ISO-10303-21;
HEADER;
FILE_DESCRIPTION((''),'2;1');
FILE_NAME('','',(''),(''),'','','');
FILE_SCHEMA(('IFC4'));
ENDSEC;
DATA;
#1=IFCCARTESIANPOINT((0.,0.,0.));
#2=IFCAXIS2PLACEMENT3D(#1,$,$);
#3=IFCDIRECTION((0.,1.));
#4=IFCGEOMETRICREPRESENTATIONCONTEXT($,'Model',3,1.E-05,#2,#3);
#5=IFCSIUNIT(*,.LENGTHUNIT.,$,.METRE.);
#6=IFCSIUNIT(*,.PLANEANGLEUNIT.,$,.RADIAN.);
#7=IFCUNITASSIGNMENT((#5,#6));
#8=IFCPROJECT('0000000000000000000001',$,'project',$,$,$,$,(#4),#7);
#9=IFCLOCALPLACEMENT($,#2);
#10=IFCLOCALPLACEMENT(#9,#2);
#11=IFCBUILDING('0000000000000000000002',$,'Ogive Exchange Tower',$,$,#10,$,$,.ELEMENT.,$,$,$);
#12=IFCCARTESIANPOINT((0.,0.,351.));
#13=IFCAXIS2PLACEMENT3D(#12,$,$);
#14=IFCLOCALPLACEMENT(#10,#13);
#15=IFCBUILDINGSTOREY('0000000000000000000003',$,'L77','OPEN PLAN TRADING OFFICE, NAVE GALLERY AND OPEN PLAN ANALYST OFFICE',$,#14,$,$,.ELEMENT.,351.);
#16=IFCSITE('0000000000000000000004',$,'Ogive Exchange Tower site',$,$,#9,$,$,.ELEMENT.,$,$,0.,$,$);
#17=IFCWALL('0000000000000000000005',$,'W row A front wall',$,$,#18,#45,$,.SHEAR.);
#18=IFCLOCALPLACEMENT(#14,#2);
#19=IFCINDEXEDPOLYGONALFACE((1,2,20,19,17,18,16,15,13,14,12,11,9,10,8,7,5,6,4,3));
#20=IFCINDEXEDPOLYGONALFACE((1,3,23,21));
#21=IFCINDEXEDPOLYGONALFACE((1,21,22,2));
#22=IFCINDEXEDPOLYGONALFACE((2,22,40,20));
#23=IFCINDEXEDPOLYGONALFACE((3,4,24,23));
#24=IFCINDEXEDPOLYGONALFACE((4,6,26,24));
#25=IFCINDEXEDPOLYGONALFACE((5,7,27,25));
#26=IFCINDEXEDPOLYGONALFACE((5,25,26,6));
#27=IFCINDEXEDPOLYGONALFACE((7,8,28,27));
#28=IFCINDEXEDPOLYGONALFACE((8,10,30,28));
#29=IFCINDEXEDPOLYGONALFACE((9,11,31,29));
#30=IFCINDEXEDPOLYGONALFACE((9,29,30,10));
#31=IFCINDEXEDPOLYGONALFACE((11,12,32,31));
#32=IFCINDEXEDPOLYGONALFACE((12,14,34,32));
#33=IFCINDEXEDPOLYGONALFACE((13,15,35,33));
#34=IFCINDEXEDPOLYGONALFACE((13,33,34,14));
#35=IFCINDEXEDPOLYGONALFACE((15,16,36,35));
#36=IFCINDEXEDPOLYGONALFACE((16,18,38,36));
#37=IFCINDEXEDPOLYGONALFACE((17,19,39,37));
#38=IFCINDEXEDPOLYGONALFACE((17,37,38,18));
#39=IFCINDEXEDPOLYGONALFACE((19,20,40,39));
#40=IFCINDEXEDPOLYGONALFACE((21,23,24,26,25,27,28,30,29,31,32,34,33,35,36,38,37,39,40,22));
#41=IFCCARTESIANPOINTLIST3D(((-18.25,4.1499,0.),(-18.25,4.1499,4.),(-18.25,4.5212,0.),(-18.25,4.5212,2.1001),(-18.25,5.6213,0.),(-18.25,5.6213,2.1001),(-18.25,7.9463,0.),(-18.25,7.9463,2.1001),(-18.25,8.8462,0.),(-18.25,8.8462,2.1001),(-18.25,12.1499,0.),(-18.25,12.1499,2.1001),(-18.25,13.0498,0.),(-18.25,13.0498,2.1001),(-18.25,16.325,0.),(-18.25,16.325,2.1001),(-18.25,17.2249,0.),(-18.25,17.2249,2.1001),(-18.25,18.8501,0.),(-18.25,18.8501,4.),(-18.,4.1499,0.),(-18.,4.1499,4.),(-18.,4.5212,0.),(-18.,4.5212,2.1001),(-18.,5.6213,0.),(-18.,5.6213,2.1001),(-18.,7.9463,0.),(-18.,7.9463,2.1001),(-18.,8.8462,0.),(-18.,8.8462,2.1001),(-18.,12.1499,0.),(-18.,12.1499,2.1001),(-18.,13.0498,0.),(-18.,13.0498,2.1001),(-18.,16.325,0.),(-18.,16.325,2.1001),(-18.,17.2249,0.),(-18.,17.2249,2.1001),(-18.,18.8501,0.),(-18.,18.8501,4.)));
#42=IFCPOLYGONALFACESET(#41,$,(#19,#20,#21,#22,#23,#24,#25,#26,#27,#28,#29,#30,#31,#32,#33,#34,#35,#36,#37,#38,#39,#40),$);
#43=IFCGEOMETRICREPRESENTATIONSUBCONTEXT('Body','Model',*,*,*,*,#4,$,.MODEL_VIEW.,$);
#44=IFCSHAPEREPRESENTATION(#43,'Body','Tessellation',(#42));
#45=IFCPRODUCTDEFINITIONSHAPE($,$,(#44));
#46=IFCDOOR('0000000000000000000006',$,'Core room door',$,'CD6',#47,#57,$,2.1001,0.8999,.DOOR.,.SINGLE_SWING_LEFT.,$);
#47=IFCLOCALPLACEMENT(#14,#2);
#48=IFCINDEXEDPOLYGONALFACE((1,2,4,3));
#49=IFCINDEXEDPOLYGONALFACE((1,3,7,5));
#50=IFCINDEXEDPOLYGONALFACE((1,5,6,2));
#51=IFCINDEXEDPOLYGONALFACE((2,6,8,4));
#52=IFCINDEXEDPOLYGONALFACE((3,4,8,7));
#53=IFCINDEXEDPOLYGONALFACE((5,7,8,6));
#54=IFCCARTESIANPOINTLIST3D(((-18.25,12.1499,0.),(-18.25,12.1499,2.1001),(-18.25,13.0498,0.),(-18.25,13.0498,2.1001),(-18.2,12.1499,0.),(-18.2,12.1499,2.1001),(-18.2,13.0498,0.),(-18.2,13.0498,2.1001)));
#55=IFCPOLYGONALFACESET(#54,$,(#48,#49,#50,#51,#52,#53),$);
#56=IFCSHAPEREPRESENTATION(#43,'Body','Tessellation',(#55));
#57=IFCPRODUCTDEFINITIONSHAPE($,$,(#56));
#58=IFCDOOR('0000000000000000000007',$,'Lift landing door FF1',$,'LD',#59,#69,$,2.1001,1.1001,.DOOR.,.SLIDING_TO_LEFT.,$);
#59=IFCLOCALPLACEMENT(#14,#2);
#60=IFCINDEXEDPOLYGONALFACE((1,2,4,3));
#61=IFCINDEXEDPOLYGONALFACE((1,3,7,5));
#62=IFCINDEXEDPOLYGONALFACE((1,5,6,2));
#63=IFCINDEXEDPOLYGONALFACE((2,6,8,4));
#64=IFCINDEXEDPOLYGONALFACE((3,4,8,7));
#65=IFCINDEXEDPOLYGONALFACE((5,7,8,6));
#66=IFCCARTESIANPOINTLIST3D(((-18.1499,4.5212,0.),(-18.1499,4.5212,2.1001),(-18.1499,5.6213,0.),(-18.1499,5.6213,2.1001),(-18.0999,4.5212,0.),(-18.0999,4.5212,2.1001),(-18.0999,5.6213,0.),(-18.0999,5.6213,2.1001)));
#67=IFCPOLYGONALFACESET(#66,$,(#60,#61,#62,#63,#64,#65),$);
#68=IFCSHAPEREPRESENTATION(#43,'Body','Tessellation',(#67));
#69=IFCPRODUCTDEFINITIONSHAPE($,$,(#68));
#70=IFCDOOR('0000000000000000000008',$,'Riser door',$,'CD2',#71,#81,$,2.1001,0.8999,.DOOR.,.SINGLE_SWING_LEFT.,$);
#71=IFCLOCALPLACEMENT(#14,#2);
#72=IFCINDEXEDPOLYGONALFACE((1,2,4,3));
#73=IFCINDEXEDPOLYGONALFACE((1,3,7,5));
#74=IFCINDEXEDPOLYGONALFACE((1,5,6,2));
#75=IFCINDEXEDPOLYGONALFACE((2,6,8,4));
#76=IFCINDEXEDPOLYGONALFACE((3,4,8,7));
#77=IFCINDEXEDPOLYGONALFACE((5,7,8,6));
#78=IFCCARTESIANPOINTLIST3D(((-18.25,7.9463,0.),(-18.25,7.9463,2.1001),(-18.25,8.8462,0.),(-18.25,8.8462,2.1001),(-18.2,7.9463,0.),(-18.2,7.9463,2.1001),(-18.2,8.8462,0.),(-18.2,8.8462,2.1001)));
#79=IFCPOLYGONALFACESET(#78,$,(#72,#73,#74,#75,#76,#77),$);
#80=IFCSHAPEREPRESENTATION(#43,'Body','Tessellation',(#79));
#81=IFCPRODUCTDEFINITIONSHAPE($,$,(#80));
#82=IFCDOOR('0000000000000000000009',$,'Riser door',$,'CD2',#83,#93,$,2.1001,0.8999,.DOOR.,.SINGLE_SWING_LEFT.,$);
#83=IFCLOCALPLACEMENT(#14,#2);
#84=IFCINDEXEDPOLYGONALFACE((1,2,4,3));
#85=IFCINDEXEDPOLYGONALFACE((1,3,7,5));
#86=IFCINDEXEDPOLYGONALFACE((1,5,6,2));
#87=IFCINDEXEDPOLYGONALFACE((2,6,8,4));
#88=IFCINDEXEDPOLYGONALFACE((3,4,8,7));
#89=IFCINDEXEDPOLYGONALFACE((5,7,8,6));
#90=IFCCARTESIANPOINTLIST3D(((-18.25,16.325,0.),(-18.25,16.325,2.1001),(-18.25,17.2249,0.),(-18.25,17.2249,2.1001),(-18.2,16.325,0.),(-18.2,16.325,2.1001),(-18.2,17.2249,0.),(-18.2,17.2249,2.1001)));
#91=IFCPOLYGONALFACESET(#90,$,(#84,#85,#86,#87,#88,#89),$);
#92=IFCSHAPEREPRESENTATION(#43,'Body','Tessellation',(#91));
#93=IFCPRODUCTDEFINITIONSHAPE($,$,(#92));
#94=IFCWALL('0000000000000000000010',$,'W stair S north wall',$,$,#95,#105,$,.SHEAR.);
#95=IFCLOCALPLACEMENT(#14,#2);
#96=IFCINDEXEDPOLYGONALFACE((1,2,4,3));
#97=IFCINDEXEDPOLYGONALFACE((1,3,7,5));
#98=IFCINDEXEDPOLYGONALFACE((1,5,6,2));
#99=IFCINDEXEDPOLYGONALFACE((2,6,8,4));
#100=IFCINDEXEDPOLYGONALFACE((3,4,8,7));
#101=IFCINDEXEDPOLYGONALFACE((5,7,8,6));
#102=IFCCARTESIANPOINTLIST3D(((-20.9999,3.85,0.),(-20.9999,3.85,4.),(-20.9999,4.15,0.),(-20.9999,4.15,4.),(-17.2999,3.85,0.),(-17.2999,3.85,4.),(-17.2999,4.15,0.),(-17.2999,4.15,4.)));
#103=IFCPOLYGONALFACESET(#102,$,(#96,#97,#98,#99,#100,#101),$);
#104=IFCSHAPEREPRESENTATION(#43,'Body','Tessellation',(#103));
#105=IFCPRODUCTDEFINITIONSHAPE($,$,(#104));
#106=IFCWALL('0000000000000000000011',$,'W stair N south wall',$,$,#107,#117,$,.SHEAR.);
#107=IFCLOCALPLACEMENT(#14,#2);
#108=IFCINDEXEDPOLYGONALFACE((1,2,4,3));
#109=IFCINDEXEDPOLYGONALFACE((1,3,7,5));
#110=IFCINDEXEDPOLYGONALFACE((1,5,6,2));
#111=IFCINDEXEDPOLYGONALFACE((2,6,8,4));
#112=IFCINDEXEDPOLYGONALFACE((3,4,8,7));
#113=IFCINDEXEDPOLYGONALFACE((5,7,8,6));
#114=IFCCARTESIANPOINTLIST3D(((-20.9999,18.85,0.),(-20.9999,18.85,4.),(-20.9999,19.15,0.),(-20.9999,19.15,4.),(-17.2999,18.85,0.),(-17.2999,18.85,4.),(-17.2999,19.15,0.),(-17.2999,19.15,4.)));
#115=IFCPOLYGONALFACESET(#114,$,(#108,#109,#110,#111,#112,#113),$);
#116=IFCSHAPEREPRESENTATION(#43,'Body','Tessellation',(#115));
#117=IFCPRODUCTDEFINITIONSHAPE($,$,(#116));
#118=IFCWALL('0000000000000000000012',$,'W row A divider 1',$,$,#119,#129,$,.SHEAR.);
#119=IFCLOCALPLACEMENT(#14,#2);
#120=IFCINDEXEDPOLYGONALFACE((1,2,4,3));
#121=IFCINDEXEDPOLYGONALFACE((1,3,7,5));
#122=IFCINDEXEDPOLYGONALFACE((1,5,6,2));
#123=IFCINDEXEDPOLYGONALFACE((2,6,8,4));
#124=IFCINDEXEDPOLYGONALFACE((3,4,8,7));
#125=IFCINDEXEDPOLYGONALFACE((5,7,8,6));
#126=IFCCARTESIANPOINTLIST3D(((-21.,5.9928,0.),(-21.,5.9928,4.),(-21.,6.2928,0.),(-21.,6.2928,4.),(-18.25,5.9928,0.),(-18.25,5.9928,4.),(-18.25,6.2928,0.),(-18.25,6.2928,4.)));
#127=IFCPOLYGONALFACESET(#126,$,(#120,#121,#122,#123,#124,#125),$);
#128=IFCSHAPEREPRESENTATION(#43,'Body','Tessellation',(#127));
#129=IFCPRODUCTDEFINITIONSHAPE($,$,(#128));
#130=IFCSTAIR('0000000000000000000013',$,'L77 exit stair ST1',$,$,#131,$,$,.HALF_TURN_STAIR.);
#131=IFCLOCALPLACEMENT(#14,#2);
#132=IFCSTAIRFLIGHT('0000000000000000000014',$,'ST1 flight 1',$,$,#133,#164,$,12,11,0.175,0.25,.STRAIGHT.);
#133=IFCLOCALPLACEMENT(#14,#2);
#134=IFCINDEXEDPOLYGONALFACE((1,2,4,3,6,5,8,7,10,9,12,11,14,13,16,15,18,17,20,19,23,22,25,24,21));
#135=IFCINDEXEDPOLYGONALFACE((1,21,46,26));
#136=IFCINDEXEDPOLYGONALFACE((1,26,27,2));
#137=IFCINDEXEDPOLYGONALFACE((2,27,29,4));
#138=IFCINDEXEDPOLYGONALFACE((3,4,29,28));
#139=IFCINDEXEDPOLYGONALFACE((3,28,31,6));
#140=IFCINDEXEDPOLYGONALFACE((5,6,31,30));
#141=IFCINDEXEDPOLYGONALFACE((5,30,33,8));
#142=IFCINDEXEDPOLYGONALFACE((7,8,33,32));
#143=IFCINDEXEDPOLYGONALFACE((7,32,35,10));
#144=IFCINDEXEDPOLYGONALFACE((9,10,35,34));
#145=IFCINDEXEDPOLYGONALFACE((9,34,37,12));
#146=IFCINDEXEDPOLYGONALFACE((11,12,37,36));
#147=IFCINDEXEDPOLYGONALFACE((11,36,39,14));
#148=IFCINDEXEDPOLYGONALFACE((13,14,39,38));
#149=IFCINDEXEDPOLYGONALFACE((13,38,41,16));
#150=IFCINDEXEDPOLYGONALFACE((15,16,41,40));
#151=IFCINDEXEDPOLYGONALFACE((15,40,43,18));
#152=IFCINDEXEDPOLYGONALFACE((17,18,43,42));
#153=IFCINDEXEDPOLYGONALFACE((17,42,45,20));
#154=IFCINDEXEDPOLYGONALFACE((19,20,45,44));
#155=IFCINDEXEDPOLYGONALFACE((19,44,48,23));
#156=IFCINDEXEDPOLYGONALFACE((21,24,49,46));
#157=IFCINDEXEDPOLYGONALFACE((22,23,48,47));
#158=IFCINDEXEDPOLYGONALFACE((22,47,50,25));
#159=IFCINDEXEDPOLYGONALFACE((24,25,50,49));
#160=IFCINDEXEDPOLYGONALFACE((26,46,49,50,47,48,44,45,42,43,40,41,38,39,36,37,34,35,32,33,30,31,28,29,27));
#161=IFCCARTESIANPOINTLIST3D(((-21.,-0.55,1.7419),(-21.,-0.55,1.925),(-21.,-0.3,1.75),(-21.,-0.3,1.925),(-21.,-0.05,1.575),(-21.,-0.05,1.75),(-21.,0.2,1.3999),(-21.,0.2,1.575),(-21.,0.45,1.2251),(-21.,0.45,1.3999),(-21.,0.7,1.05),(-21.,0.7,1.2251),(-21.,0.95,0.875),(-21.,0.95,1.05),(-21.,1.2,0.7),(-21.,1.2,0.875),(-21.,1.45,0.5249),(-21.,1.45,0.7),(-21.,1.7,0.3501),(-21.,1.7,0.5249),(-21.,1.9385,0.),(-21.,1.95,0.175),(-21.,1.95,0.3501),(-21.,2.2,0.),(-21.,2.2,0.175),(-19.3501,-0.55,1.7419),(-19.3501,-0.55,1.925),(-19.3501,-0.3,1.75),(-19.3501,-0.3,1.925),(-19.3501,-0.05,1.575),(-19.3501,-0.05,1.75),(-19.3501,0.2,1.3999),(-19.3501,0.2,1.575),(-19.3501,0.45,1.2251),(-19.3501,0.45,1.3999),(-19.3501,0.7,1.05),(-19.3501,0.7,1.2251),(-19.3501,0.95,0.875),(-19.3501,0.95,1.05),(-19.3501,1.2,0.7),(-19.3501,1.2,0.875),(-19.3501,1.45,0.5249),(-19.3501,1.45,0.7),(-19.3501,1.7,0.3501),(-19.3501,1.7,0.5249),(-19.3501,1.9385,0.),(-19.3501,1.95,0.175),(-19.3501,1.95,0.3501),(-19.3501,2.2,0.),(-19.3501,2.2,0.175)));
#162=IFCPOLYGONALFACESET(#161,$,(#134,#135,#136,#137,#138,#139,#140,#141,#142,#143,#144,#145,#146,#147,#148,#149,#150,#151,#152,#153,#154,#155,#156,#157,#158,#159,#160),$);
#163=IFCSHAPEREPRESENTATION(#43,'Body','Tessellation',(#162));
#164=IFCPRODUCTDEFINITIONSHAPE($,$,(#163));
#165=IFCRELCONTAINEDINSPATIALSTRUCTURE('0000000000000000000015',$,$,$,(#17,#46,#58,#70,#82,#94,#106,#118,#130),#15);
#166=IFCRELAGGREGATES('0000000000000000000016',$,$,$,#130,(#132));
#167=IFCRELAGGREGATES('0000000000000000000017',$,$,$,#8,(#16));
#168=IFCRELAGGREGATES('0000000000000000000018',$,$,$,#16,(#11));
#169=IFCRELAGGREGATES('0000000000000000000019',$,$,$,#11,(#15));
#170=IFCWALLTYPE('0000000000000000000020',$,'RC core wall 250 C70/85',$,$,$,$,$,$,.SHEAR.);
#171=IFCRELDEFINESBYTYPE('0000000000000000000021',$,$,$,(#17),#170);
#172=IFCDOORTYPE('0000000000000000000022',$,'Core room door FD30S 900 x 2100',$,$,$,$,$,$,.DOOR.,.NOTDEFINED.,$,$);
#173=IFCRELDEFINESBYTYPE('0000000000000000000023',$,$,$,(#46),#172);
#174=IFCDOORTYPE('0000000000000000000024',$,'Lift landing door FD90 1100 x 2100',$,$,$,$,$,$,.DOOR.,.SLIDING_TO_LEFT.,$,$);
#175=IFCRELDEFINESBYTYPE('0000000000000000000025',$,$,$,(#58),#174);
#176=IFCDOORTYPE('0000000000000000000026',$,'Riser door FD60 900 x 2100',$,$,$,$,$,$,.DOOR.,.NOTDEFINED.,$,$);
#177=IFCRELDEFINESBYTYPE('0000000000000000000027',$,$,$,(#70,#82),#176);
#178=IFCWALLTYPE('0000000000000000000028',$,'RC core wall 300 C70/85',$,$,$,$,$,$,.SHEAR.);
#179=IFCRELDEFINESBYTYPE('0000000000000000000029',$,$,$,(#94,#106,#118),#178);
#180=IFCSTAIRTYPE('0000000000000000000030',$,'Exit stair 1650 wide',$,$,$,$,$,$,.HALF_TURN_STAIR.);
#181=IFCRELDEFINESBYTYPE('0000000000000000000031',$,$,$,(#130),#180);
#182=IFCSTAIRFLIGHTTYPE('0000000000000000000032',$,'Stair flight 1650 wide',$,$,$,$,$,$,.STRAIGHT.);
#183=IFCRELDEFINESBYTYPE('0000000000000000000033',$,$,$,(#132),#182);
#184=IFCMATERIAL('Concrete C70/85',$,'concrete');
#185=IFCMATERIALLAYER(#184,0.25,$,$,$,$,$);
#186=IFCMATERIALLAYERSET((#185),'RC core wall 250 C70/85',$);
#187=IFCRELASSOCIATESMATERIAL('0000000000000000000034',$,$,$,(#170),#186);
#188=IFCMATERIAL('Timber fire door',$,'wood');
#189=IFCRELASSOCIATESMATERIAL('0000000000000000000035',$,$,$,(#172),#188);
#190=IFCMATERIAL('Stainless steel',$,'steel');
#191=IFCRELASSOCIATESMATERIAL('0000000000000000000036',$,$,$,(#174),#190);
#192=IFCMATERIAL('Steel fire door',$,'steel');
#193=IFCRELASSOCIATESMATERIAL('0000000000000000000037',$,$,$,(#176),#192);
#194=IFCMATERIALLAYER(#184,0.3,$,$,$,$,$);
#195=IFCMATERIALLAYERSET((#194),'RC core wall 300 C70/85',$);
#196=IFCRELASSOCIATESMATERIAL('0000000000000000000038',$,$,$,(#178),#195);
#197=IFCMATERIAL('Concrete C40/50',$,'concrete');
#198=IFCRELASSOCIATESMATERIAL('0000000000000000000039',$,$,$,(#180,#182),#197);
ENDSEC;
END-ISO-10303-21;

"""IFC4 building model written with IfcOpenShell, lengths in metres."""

from ifc_helpers import new_model, si_unit, direction, frame, frame_2d, origin, place, context, subcontext, project, spatial, polyline, rectangle, outline, extrude, material, layer, layer_set, type_object, element, fill, aggregate, save


model = new_model("IFC4")

# Units and contexts
model_context = context("Model", 3, precision=1e-05, world=origin(), true_north=direction((0.0, 1.0)))
body_context = subcontext(model_context, "Body", "Model", "MODEL_VIEW")
ifc_project = project(units=[si_unit("LENGTHUNIT", "METRE"), si_unit("PLANEANGLEUNIT", "RADIAN")], contexts=[model_context])

# Site, building, storey
site_placement = place(None, origin())
site = spatial("IfcSite", under=ifc_project, at=site_placement, Name="Ogive Exchange Tower site", CompositionType="ELEMENT", RefElevation=0.0)
building_placement = place(site_placement, origin())
building = spatial("IfcBuilding", under=site, at=building_placement, Name="Ogive Exchange Tower", CompositionType="ELEMENT")
storey_placement = place(building_placement, frame((0.0, 0.0, 351.0)))
storey = spatial("IfcBuildingStorey", under=building, at=storey_placement, Name="L77", Description="OPEN PLAN TRADING OFFICE, NAVE GALLERY AND OPEN PLAN ANALYST OFFICE", CompositionType="ELEMENT", Elevation=351.0)

# Shared definitions
ifc_material_1 = material(Name="Concrete C70/85", Category="concrete")
ifc_material_2 = material(Name="Steel fire door", Category="steel")

# Wall, openings, doors
ifc_layer_1 = layer(ifc_material_1, 0.25)
ifc_layer_set_1 = layer_set([ifc_layer_1], Name="RC core wall 250 C70/85")
wall_type_1 = type_object("IfcWallType", Name="RC core wall 250 C70/85", PredefinedType="SHEAR", material=ifc_layer_set_1)
wall_1_placement = place(storey_placement, frame((-18.125, 4.1499, 0.0), z_axis=(0.0, 0.0, 1.0), x_axis=(0.0, 1.0, 0.0)))
wall_1 = element("IfcWall", 1, at=wall_1_placement, inside=storey, type_object=wall_type_1, Name="W row A front wall", PredefinedType="SHEAR", context=body_context, shape_type="SweptSolid", body=[
    extrude(rectangle(XDim=14.7002, YDim=0.25, at=frame_2d((7.3501, 0.0))), origin(), (0.0, 0.0, 1.0), 4.0),
])
opening_1_placement = place(wall_1_placement, frame((3.7964, 0.0, 0.0)))
opening_1 = element("IfcOpeningElement", 2, at=opening_1_placement, cuts=wall_1, PredefinedType="OPENING", context=body_context, shape_type="SweptSolid", body=[
    extrude(rectangle(XDim=0.8999, YDim=2.1001, at=frame_2d((0.45, 1.05))), frame((0.0, 0.135, 0.0), z_axis=(0.0, -1.0, 0.0), x_axis=(1.0, 0.0, 0.0)), (0.0, 0.0, 1.0), 0.27),
])
opening_2_placement = place(wall_1_placement, frame((8.0, 0.0, 0.0)))
opening_2 = element("IfcOpeningElement", 3, at=opening_2_placement, cuts=wall_1, PredefinedType="OPENING", context=body_context, shape_type="SweptSolid", body=[
    extrude(rectangle(XDim=0.8999, YDim=2.1001, at=frame_2d((0.45, 1.05))), frame((0.0, 0.135, 0.0), z_axis=(0.0, -1.0, 0.0), x_axis=(1.0, 0.0, 0.0)), (0.0, 0.0, 1.0), 0.27),
])
opening_3_placement = place(wall_1_placement, frame((12.175, 0.0, 0.0)))
opening_3 = element("IfcOpeningElement", 4, at=opening_3_placement, cuts=wall_1, PredefinedType="OPENING", context=body_context, shape_type="SweptSolid", body=[
    extrude(rectangle(XDim=0.8999, YDim=2.1001, at=frame_2d((0.45, 1.05))), frame((0.0, 0.135, 0.0), z_axis=(0.0, -1.0, 0.0), x_axis=(1.0, 0.0, 0.0)), (0.0, 0.0, 1.0), 0.27),
])
opening_4_placement = place(wall_1_placement, frame((0.3713, 0.0, 0.0)))
opening_4 = element("IfcOpeningElement", 5, at=opening_4_placement, cuts=wall_1, PredefinedType="OPENING", context=body_context, shape_type="SweptSolid", body=[
    extrude(rectangle(XDim=1.1001, YDim=2.1001, at=frame_2d((0.55, 1.05))), frame((0.0, 0.135, 0.0), z_axis=(0.0, -1.0, 0.0), x_axis=(1.0, 0.0, 0.0)), (0.0, 0.0, 1.0), 0.27),
])
ifc_material_3 = material(Name="Timber fire door", Category="wood")
door_type_1 = type_object("IfcDoorType", Name="Core room door FD30S 900 x 2100", OperationType="NOTDEFINED", PredefinedType="DOOR", material=ifc_material_3)
door_1_placement = place(opening_2_placement, origin())
door_1 = element("IfcDoor", 6, at=door_1_placement, inside=storey, type_object=door_type_1, Name="Core room door", ObjectType="CD6", OperationType="SINGLE_SWING_LEFT", OverallHeight=2.1001, OverallWidth=0.8999, PredefinedType="DOOR", context=body_context, shape_type="SweptSolid", body=[
    extrude(rectangle(XDim=0.8999, YDim=2.1001, at=frame_2d((0.45, 1.05))), frame((0.0, 0.125, 0.0), z_axis=(0.0, -1.0, 0.0), x_axis=(1.0, 0.0, 0.0)), (0.0, 0.0, 1.0), 0.05),
])
fill(opening_2, door_1)
ifc_material_4 = material(Name="Stainless steel", Category="steel")
door_type_2 = type_object("IfcDoorType", Name="Lift landing door FD90 1100 x 2100", OperationType="SLIDING_TO_LEFT", PredefinedType="DOOR", material=ifc_material_4)
door_2_placement = place(opening_4_placement, origin())
door_2 = element("IfcDoor", 7, at=door_2_placement, inside=storey, type_object=door_type_2, Name="Lift landing door FF1", ObjectType="LD", OperationType="SLIDING_TO_LEFT", OverallHeight=2.1001, OverallWidth=1.1001, PredefinedType="DOOR", context=body_context, shape_type="SweptSolid", body=[
    extrude(rectangle(XDim=1.1001, YDim=2.1001, at=frame_2d((0.55, 1.05))), frame((0.0, 0.0249, 0.0), z_axis=(0.0, -1.0, 0.0), x_axis=(1.0, 0.0, 0.0)), (0.0, 0.0, 1.0), 0.05),
])
fill(opening_4, door_2)
door_type_3 = type_object("IfcDoorType", Name="Riser door FD60 900 x 2100", OperationType="NOTDEFINED", PredefinedType="DOOR", material=ifc_material_2)
door_3_placement = place(opening_1_placement, origin())
door_3 = element("IfcDoor", 8, at=door_3_placement, inside=storey, type_object=door_type_3, Name="Riser door", ObjectType="CD2", OperationType="SINGLE_SWING_LEFT", OverallHeight=2.1001, OverallWidth=0.8999, PredefinedType="DOOR", context=body_context, shape_type="SweptSolid", body=[
    extrude(rectangle(XDim=0.8999, YDim=2.1001, at=frame_2d((0.45, 1.05))), frame((0.0, 0.125, 0.0), z_axis=(0.0, -1.0, 0.0), x_axis=(1.0, 0.0, 0.0)), (0.0, 0.0, 1.0), 0.05),
])
fill(opening_1, door_3)
door_4_placement = place(opening_3_placement, origin())
door_4 = element("IfcDoor", 9, at=door_4_placement, inside=storey, type_object=door_type_3, Name="Riser door", ObjectType="CD2", OperationType="SINGLE_SWING_LEFT", OverallHeight=2.1001, OverallWidth=0.8999, PredefinedType="DOOR", context=body_context, shape_type="SweptSolid", body=[
    extrude(rectangle(XDim=0.8999, YDim=2.1001, at=frame_2d((0.45, 1.05))), frame((0.0, 0.125, 0.0), z_axis=(0.0, -1.0, 0.0), x_axis=(1.0, 0.0, 0.0)), (0.0, 0.0, 1.0), 0.05),
])
fill(opening_3, door_4)

# Walls
ifc_layer_2 = layer(ifc_material_1, 0.3)
ifc_layer_set_2 = layer_set([ifc_layer_2], Name="RC core wall 300 C70/85")
wall_type_2 = type_object("IfcWallType", Name="RC core wall 300 C70/85", PredefinedType="SHEAR", material=ifc_layer_set_2)
for number, where, z_axis, x_axis, name in (
    (10, (-21.0, 4.0, 0.0), (0.0, 0.0, 1.0), (1.0, 0.0, 0.0), "W stair S north wall"),
    (11, (-21.0, 19.0, 0.0), (0.0, 0.0, 1.0), (1.0, 0.0, 0.0), "W stair N south wall"),
):
    element("IfcWall", number, at=place(storey_placement, frame(where, z_axis=z_axis, x_axis=x_axis)), inside=storey, type_object=wall_type_2, Name=name, PredefinedType="SHEAR", context=body_context, shape_type="SweptSolid", body=[
        extrude(rectangle(XDim=3.7, YDim=0.3, at=frame_2d((1.8501, 0.0))), origin(), (0.0, 0.0, 1.0), 4.0),
    ])
wall_2_placement = place(storey_placement, frame((-21.0, 6.1428, 0.0), z_axis=(0.0, 0.0, 1.0), x_axis=(1.0, 0.0, 0.0)))
element("IfcWall", 12, at=wall_2_placement, inside=storey, type_object=wall_type_2, Name="W row A divider 1", PredefinedType="SHEAR", context=body_context, shape_type="SweptSolid", body=[
    extrude(rectangle(XDim=2.75, YDim=0.3, at=frame_2d((1.375, 0.0))), origin(), (0.0, 0.0, 1.0), 4.0),
])

# Stair, stair flight
ifc_material_5 = material(Name="Concrete C40/50", Category="concrete")
stair_type = type_object("IfcStairType", Name="Exit stair 1650 wide", PredefinedType="HALF_TURN_STAIR", material=ifc_material_5)
stair_placement = place(storey_placement, origin())
stair = element("IfcStair", 13, at=stair_placement, inside=storey, type_object=stair_type, Name="L77 exit stair ST1", PredefinedType="HALF_TURN_STAIR")
stair_flight_type = type_object("IfcStairFlightType", Name="Stair flight 1650 wide", PredefinedType="STRAIGHT", material=ifc_material_5)
stair_flight_placement = place(storey_placement, frame((-20.175, 2.2, 0.0), z_axis=(0.0, 0.0, 1.0), x_axis=(0.0, -1.0, 0.0)))
stair_flight = element("IfcStairFlight", 14, at=stair_flight_placement, type_object=stair_flight_type, Name="ST1 flight 1", NumberOfRisers=12, NumberOfTreads=11, PredefinedType="STRAIGHT", RiserHeight=0.175, TreadLength=0.25, context=body_context, shape_type="SweptSolid", body=[
    extrude(outline(polyline([(0.0, 0.0), (0.0, 0.175), (0.25, 0.175), (0.25, 0.3501), (0.5, 0.3501), (0.5, 0.5249), (0.75, 0.5249), (0.75, 0.7), (1.0, 0.7), (1.0, 0.875), (1.25, 0.875), (1.25, 1.05), (1.5, 1.05), (1.5, 1.2251), (1.75, 1.2251), (1.75, 1.3999), (2.0, 1.3999), (2.0, 1.575), (2.25, 1.575), (2.25, 1.75), (2.5, 1.75), (2.5, 1.925), (2.75, 1.925), (2.75, 2.1001), (2.75, 1.7419), (0.2615, 0.0), (0.0, 0.0)])), frame((0.0, 0.825, 0.0), z_axis=(0.0, -1.0, 0.0), x_axis=(1.0, 0.0, 0.0)), (0.0, 0.0, 1.0), 1.6499),
])
aggregate(stair, [stair_flight])

save(model, "model.ifc")
